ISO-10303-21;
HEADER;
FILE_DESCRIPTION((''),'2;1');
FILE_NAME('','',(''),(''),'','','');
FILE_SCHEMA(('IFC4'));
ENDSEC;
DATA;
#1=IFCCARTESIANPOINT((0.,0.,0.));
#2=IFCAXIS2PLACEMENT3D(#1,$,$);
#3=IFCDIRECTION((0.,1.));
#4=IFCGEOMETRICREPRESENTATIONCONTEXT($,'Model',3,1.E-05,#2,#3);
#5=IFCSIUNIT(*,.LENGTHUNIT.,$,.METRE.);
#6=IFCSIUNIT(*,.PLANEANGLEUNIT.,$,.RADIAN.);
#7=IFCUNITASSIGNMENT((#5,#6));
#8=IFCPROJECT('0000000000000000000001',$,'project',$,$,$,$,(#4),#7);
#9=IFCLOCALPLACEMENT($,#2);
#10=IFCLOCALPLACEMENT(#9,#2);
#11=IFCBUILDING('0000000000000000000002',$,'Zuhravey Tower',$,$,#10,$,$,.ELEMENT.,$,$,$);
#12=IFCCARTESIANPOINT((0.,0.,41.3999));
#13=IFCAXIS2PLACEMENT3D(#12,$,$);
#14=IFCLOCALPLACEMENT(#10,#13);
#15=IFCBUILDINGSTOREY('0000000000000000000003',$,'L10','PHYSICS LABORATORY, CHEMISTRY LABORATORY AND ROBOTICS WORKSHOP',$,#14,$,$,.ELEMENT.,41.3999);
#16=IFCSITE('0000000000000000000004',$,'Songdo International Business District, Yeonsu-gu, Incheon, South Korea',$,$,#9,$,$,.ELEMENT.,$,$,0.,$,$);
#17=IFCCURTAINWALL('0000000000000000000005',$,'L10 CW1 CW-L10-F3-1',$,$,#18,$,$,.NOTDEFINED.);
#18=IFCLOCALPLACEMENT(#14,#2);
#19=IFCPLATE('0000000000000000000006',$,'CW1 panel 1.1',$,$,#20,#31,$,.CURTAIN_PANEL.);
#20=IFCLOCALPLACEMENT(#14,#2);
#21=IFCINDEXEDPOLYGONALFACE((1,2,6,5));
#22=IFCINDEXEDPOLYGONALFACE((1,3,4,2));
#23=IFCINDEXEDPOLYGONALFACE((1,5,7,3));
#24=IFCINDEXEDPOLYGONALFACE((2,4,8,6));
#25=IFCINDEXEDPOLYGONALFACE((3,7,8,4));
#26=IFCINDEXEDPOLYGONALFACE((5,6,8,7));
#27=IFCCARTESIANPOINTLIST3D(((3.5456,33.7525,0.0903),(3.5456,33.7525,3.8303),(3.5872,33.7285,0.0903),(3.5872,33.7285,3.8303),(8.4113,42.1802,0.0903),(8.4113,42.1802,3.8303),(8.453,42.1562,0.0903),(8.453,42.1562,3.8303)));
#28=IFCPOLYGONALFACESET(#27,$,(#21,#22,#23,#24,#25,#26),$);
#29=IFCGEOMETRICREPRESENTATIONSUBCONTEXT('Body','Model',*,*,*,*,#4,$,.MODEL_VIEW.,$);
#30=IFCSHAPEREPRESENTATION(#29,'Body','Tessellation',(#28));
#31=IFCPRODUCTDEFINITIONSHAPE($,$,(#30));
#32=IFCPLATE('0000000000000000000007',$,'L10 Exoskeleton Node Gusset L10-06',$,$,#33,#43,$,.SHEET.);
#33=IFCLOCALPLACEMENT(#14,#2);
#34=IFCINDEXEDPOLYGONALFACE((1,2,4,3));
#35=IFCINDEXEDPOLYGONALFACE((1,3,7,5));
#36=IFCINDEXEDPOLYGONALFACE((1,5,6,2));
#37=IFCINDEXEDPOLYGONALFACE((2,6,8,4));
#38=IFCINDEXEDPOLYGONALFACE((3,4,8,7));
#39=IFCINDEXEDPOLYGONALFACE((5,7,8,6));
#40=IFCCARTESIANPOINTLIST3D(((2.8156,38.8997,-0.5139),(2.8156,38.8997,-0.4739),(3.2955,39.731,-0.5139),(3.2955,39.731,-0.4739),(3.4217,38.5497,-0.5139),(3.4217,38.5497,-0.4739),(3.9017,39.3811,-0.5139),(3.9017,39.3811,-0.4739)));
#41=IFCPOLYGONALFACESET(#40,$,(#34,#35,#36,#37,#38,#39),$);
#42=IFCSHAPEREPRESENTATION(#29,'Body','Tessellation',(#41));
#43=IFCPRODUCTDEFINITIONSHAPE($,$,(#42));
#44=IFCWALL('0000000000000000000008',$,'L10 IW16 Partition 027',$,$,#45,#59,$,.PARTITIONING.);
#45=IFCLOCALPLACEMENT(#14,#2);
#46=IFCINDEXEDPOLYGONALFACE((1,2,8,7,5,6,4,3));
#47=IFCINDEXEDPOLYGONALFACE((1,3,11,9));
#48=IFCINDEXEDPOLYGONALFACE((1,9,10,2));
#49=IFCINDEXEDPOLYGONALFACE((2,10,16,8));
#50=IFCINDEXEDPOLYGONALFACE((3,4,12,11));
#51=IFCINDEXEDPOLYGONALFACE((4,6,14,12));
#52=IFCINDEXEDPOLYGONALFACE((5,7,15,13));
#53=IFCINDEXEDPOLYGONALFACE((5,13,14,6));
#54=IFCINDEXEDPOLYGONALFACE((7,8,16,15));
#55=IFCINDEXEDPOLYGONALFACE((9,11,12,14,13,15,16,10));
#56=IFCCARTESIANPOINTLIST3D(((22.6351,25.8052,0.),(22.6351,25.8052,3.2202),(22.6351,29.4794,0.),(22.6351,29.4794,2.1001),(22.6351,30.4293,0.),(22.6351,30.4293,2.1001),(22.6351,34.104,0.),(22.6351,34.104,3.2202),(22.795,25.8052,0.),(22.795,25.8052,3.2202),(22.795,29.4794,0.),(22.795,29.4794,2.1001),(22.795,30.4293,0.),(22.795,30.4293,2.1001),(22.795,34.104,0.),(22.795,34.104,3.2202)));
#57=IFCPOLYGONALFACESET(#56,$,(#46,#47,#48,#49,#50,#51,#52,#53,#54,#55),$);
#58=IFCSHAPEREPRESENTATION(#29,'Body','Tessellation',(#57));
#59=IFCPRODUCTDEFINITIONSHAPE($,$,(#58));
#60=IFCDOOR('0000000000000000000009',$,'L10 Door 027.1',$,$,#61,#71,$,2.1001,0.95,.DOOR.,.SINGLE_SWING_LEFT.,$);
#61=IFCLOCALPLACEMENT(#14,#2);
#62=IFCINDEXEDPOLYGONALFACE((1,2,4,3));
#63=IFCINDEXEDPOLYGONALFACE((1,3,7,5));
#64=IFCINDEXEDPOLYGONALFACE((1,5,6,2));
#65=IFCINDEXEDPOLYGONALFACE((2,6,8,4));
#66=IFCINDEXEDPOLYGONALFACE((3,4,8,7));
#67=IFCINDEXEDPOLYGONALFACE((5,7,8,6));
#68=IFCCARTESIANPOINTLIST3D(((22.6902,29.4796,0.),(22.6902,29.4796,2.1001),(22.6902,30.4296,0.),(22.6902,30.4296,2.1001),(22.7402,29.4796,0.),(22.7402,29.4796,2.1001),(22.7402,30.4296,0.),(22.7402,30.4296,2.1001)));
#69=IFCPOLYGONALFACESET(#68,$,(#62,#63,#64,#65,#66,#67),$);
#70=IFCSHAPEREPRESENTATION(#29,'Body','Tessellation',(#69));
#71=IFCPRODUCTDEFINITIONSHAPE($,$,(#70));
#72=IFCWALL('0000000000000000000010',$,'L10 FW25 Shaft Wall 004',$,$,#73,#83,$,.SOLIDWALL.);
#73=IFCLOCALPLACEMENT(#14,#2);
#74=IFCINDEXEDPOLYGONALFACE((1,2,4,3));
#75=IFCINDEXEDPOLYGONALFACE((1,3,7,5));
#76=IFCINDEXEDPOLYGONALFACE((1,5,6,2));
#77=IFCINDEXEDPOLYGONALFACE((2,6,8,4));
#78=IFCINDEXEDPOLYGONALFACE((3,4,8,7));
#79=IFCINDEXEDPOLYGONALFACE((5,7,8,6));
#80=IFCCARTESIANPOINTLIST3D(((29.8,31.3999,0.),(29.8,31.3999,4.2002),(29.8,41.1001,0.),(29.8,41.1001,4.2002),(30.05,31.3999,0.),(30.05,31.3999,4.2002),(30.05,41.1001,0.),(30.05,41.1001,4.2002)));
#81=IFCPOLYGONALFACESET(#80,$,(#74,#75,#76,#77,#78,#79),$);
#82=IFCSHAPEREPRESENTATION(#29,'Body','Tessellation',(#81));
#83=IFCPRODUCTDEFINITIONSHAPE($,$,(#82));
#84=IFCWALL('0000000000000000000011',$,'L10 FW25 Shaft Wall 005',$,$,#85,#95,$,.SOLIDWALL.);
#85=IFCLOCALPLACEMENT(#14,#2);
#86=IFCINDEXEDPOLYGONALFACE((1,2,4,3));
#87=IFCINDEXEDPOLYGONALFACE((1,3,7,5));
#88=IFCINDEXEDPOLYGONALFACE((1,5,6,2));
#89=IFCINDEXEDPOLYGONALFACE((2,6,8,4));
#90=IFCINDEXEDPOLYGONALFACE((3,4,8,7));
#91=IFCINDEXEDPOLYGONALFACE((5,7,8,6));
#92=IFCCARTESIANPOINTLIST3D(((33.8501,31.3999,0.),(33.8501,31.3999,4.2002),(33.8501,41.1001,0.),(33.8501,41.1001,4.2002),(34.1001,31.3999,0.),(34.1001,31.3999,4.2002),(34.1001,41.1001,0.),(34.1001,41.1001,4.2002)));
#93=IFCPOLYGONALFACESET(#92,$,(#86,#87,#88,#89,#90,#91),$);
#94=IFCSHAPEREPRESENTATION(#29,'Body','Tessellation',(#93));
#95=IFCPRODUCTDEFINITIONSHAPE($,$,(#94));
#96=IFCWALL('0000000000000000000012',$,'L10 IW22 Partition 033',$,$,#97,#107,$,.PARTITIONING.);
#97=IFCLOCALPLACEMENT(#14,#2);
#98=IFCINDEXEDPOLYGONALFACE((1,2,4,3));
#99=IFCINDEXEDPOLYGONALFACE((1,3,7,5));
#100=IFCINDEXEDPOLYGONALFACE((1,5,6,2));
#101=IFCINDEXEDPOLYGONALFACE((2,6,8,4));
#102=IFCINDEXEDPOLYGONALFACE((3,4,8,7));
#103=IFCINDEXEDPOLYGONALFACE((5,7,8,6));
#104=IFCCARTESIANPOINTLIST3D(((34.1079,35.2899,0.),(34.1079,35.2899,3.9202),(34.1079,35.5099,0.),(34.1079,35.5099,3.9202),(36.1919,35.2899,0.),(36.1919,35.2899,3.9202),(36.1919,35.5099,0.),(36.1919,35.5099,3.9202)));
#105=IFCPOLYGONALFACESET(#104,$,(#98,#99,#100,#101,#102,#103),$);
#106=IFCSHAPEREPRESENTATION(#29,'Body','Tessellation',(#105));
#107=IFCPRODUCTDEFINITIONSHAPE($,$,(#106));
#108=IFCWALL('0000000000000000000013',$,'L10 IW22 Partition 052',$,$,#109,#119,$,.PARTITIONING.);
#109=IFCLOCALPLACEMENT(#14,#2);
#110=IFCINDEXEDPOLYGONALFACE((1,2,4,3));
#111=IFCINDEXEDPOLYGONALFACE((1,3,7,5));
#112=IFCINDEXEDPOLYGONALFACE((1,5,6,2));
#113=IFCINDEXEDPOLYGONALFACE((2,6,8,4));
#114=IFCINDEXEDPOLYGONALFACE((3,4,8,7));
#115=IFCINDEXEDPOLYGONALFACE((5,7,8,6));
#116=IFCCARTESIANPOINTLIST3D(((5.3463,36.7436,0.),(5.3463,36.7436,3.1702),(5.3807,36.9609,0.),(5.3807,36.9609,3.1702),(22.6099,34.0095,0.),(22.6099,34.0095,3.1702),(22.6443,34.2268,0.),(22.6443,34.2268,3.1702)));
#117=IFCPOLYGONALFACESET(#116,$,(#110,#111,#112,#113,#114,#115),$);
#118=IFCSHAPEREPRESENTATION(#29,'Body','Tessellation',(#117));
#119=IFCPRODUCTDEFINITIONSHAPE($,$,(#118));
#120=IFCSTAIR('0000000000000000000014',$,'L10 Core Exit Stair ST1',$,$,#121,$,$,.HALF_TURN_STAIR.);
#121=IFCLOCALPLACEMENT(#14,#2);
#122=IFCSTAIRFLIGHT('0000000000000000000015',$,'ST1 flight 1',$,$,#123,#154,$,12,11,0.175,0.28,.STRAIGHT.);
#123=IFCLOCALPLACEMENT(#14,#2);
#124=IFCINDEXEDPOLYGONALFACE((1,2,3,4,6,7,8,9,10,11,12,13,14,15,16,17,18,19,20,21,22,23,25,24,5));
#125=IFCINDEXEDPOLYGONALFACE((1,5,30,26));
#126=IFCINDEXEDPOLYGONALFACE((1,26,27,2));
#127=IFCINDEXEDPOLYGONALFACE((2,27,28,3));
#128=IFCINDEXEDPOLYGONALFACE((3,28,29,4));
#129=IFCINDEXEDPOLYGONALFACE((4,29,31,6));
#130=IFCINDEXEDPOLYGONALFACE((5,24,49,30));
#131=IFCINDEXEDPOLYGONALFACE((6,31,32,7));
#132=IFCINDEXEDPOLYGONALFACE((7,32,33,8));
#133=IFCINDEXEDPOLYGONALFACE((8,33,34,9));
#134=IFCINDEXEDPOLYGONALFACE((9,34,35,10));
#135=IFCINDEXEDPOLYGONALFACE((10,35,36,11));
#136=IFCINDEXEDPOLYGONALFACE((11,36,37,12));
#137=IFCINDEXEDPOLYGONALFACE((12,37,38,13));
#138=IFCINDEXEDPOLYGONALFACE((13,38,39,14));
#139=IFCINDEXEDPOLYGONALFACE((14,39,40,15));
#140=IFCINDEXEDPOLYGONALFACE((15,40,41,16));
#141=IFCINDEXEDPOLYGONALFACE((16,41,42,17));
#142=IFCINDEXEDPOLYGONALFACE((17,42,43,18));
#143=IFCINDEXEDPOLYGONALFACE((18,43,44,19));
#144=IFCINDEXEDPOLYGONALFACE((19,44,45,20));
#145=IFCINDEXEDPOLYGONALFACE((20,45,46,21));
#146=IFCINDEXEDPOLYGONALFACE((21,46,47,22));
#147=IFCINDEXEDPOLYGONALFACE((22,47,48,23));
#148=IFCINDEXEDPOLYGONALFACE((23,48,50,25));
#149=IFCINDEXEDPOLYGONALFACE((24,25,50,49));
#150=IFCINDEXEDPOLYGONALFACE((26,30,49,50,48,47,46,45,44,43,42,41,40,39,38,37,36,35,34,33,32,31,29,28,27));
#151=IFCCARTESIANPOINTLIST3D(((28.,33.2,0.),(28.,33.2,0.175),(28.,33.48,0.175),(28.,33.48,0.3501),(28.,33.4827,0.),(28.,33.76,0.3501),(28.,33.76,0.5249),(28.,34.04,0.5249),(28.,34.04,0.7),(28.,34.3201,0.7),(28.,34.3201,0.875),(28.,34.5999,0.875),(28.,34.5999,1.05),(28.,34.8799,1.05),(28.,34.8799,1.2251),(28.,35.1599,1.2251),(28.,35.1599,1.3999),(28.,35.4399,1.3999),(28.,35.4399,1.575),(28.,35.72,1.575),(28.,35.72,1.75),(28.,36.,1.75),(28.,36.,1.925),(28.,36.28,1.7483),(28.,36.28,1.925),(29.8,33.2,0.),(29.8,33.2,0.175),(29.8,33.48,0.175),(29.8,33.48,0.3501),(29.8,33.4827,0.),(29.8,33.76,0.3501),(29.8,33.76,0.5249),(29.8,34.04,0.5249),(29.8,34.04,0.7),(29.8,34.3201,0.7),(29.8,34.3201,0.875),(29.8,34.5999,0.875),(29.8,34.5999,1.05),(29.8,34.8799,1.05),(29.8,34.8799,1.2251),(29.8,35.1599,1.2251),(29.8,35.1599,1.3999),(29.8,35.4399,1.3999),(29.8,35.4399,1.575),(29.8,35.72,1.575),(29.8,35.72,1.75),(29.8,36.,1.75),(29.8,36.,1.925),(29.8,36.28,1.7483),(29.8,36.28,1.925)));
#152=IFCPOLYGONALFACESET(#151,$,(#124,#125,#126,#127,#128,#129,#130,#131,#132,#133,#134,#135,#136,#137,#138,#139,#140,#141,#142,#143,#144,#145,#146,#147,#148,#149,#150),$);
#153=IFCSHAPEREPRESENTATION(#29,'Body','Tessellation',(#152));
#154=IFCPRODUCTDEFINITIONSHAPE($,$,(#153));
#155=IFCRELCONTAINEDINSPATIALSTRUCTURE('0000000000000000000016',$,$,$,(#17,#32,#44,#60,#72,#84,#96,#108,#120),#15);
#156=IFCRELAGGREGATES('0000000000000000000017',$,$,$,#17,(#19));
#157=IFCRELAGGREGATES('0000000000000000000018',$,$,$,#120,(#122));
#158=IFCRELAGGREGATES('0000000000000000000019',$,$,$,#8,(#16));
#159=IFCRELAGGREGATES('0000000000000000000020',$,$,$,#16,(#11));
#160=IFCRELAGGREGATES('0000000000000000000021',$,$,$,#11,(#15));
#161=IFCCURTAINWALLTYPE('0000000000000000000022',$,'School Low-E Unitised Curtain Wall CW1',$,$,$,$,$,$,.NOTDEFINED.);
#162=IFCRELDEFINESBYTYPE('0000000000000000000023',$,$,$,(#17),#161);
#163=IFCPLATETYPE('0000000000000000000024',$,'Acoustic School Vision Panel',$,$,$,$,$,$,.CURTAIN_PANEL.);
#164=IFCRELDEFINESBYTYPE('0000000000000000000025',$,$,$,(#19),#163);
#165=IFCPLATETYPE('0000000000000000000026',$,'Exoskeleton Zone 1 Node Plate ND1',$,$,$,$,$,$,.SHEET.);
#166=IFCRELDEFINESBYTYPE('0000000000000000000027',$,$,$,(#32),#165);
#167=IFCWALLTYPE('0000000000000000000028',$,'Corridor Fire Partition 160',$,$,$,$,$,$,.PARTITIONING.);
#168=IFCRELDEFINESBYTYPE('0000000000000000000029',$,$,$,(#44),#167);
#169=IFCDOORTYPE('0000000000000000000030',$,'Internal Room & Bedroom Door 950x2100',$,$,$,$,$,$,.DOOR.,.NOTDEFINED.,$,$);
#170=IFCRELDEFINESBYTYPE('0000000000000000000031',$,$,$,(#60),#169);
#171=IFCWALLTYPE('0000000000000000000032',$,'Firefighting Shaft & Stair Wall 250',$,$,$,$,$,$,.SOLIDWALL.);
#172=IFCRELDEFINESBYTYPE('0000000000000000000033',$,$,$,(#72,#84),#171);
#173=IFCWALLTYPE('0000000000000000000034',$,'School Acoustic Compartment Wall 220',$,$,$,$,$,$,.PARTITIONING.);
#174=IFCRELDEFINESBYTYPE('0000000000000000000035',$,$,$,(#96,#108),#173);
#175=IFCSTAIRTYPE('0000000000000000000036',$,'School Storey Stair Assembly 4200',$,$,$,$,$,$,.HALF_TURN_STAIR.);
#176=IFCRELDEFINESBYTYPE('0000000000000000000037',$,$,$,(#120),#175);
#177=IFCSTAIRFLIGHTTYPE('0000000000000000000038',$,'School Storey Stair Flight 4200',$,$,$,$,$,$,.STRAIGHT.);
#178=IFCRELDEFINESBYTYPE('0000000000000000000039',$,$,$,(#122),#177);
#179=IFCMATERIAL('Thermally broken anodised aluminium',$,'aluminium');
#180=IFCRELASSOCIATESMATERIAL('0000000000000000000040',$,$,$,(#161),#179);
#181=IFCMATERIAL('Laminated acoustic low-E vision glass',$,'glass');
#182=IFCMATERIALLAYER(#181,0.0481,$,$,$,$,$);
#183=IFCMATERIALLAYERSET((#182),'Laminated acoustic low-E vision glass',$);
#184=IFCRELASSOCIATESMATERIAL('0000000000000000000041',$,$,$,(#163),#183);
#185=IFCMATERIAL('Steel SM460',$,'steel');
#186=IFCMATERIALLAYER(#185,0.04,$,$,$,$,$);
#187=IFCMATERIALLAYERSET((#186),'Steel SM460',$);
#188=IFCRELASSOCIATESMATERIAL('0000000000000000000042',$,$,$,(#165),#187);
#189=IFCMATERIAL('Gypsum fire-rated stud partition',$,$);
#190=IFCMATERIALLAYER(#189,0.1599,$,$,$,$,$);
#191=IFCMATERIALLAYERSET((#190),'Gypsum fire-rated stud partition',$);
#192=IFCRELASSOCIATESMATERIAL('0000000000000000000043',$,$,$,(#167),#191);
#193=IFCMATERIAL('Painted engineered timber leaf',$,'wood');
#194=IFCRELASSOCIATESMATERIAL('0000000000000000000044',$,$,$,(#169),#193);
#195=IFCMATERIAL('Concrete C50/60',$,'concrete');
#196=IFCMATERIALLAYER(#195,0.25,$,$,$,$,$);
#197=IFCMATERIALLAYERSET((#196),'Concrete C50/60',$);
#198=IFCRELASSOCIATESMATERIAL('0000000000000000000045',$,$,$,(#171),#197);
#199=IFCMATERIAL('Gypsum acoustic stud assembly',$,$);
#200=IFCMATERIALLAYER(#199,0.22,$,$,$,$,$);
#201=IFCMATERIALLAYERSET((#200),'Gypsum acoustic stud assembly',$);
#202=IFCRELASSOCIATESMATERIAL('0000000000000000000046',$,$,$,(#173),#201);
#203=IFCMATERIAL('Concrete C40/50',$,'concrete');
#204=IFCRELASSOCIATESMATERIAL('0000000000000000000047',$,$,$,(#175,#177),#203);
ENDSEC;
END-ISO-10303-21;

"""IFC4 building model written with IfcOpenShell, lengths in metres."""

from ifc_helpers import new_model, si_unit, direction, frame, frame_2d, origin, origin_2d, place, context, subcontext, project, spatial, polyline, rectangle, outline, extrude, material, layer, layer_set, type_object, element, fill, aggregate, save


model = new_model("IFC4")

# Units and contexts
model_context = context("Model", 3, precision=1e-05, world=origin(), true_north=direction((0.0, 1.0)))
body_context = subcontext(model_context, "Body", "Model", "MODEL_VIEW")
ifc_project = project(units=[si_unit("LENGTHUNIT", "METRE"), si_unit("PLANEANGLEUNIT", "RADIAN")], contexts=[model_context])

# Site, building, storey
site_placement = place(None, origin())
site = spatial("IfcSite", under=ifc_project, at=site_placement, Name="Songdo International Business District, Yeonsu-gu, Incheon, South Korea", CompositionType="ELEMENT", RefElevation=0.0)
building_placement = place(site_placement, origin())
building = spatial("IfcBuilding", under=site, at=building_placement, Name="Zuhravey Tower", CompositionType="ELEMENT")
storey_placement = place(building_placement, frame((0.0, 0.0, 41.3999)))
storey = spatial("IfcBuildingStorey", under=building, at=storey_placement, Name="L10", Description="PHYSICS LABORATORY, CHEMISTRY LABORATORY AND ROBOTICS WORKSHOP", CompositionType="ELEMENT", Elevation=41.3999)

# Curtain wall
ifc_material_1 = material(Name="Thermally broken anodised aluminium", Category="aluminium")
curtain_wall_type = type_object("IfcCurtainWallType", Name="School Low-E Unitised Curtain Wall CW1", PredefinedType="NOTDEFINED", material=ifc_material_1)
curtain_wall_placement = place(storey_placement, origin())
curtain_wall = element("IfcCurtainWall", 1, at=curtain_wall_placement, inside=storey, type_object=curtain_wall_type, Name="L10 CW1 CW-L10-F3-1", PredefinedType="NOTDEFINED")

# Shared definitions
ifc_material_2 = material(Name="Steel SM460", Category="steel")

# Plates
ifc_material_3 = material(Name="Laminated acoustic low-E vision glass", Category="glass")
ifc_layer_1 = layer(ifc_material_3, 0.0481)
ifc_layer_set_1 = layer_set([ifc_layer_1], Name="Laminated acoustic low-E vision glass")
plate_type_1 = type_object("IfcPlateType", Name="Acoustic School Vision Panel", PredefinedType="CURTAIN_PANEL", material=ifc_layer_set_1)
plate_1_placement = place(storey_placement, frame((5.9993, 37.9543, 0.0903), z_axis=(0.0, 0.0, 1.0), x_axis=(0.5, 0.866026, 0.0)))
plate_1 = element("IfcPlate", 2, at=plate_1_placement, type_object=plate_type_1, Name="CW1 panel 1.1", PredefinedType="CURTAIN_PANEL", context=body_context, shape_type="SweptSolid", body=[
    extrude(rectangle(XDim=9.7314, YDim=0.0481, at=origin_2d()), origin(), (0.0, 0.0, 1.0), 3.74),
])
aggregate(curtain_wall, [plate_1])
ifc_layer_2 = layer(ifc_material_2, 0.04)
ifc_layer_set_2 = layer_set([ifc_layer_2], Name="Steel SM460")
plate_type_2 = type_object("IfcPlateType", Name="Exoskeleton Zone 1 Node Plate ND1", PredefinedType="SHEET", material=ifc_layer_set_2)
plate_2_placement = place(storey_placement, frame((3.3586, 39.1404, -0.5139), z_axis=(0.0, 0.0, 1.0), x_axis=(-0.5, -0.866025, 0.0)))
element("IfcPlate", 3, at=plate_2_placement, inside=storey, type_object=plate_type_2, Name="L10 Exoskeleton Node Gusset L10-06", PredefinedType="SHEET", context=body_context, shape_type="SweptSolid", body=[
    extrude(rectangle(XDim=0.96, YDim=0.7, at=origin_2d()), origin(), (0.0, 0.0, 1.0), 0.04),
])

# Wall, opening, door
ifc_material_4 = material(Name="Gypsum fire-rated stud partition")
ifc_layer_3 = layer(ifc_material_4, 0.1599)
ifc_layer_set_3 = layer_set([ifc_layer_3], Name="Gypsum fire-rated stud partition")
wall_type_1 = type_object("IfcWallType", Name="Corridor Fire Partition 160", PredefinedType="PARTITIONING", material=ifc_layer_set_3)
wall_1_placement = place(storey_placement, frame((22.7151, 34.104, 0.0), z_axis=(0.0, 0.0, 1.0), x_axis=(0.0, -1.0, 0.0)))
wall_1 = element("IfcWall", 4, at=wall_1_placement, inside=storey, type_object=wall_type_1, Name="L10 IW16 Partition 027", PredefinedType="PARTITIONING", context=body_context, shape_type="SweptSolid", body=[
    extrude(rectangle(XDim=8.2988, YDim=0.1599, at=frame_2d((4.1494, 0.0))), origin(), (0.0, 0.0, 1.0), 3.2202),
])
opening_placement = place(wall_1_placement, frame((3.6746, 0.0, 0.0)))
opening = element("IfcOpeningElement", 5, at=opening_placement, cuts=wall_1, PredefinedType="OPENING", context=body_context, shape_type="SweptSolid", body=[
    extrude(rectangle(XDim=0.95, YDim=2.1001, at=frame_2d((0.4751, 1.05))), frame((0.0, 0.092, 0.0), z_axis=(0.0, -1.0, 0.0), x_axis=(1.0, 0.0, 0.0)), (0.0, 0.0, 1.0), 0.1838),
])
ifc_material_5 = material(Name="Painted engineered timber leaf", Category="wood")
door_type = type_object("IfcDoorType", Name="Internal Room & Bedroom Door 950x2100", OperationType="NOTDEFINED", PredefinedType="DOOR", material=ifc_material_5)
door_placement = place(opening_placement, frame((0.95, 0.0, 0.0), z_axis=(0.0, 0.0, 1.0), x_axis=(-1.0, 0.0, 0.0)))
door = element("IfcDoor", 6, at=door_placement, inside=storey, type_object=door_type, Name="L10 Door 027.1", OperationType="SINGLE_SWING_LEFT", OverallHeight=2.1001, OverallWidth=0.95, PredefinedType="DOOR", context=body_context, shape_type="SweptSolid", body=[
    extrude(rectangle(XDim=0.95, YDim=2.1001, at=frame_2d((0.4751, 1.05))), frame((0.0, 0.0249, 0.0), z_axis=(0.0, -1.0, 0.0), x_axis=(1.0, 0.0, 0.0)), (0.0, 0.0, 1.0), 0.05),
])
fill(opening, door)

# Walls
ifc_material_6 = material(Name="Concrete C50/60", Category="concrete")
ifc_layer_4 = layer(ifc_material_6, 0.25)
ifc_layer_set_4 = layer_set([ifc_layer_4], Name="Concrete C50/60")
wall_type_2 = type_object("IfcWallType", Name="Firefighting Shaft & Stair Wall 250", PredefinedType="SOLIDWALL", material=ifc_layer_set_4)
for number, where, z_axis, x_axis, name in (
    (7, (29.925, 31.3999, 0.0), (0.0, 0.0, 1.0), (0.0, 1.0, 0.0), "L10 FW25 Shaft Wall 004"),
    (8, (33.9751, 31.3999, 0.0), (0.0, 0.0, 1.0), (0.0, 1.0, 0.0), "L10 FW25 Shaft Wall 005"),
):
    element("IfcWall", number, at=place(storey_placement, frame(where, z_axis=z_axis, x_axis=x_axis)), inside=storey, type_object=wall_type_2, Name=name, PredefinedType="SOLIDWALL", context=body_context, shape_type="SweptSolid", body=[
        extrude(rectangle(XDim=9.7002, YDim=0.25, at=frame_2d((4.8501, 0.0))), origin(), (0.0, 0.0, 1.0), 4.2002),
    ])
ifc_material_7 = material(Name="Gypsum acoustic stud assembly")
ifc_layer_5 = layer(ifc_material_7, 0.22)
ifc_layer_set_5 = layer_set([ifc_layer_5], Name="Gypsum acoustic stud assembly")
wall_type_3 = type_object("IfcWallType", Name="School Acoustic Compartment Wall 220", PredefinedType="PARTITIONING", material=ifc_layer_set_5)
wall_2_placement = place(storey_placement, frame((34.1079, 35.3999, 0.0), z_axis=(0.0, 0.0, 1.0), x_axis=(1.0, 0.0, 0.0)))
element("IfcWall", 9, at=wall_2_placement, inside=storey, type_object=wall_type_3, Name="L10 IW22 Partition 033", PredefinedType="PARTITIONING", context=body_context, shape_type="SweptSolid", body=[
    extrude(rectangle(XDim=2.084, YDim=0.22, at=frame_2d((1.042, 0.0))), origin(), (0.0, 0.0, 1.0), 3.9202),
])
wall_3_placement = place(storey_placement, frame((22.627, 34.1182, 0.0), z_axis=(0.0, 0.0, 1.0), x_axis=(-0.98769, 0.156425, 0.0)))
element("IfcWall", 10, at=wall_3_placement, inside=storey, type_object=wall_type_3, Name="L10 IW22 Partition 052", PredefinedType="PARTITIONING", context=body_context, shape_type="SweptSolid", body=[
    extrude(rectangle(XDim=17.4788, YDim=0.22, at=frame_2d((8.7393, 0.0))), origin(), (0.0, 0.0, 1.0), 3.1702),
])

# Stair, stair flight
ifc_material_8 = material(Name="Concrete C40/50", Category="concrete")
stair_type = type_object("IfcStairType", Name="School Storey Stair Assembly 4200", PredefinedType="HALF_TURN_STAIR", material=ifc_material_8)
stair_1_placement = place(storey_placement, origin())
stair_1 = element("IfcStair", 11, at=stair_1_placement, inside=storey, type_object=stair_type, Name="L10 Core Exit Stair ST1", PredefinedType="HALF_TURN_STAIR")
stair_flight_type = type_object("IfcStairFlightType", Name="School Storey Stair Flight 4200", PredefinedType="STRAIGHT", material=ifc_material_8)
stair_flight_1_placement = place(storey_placement, frame((28.8999, 33.2, 0.0), z_axis=(0.0, 0.0, 1.0), x_axis=(0.0, 1.0, 0.0)))
stair_flight_1 = element("IfcStairFlight", 12, at=stair_flight_1_placement, type_object=stair_flight_type, Name="ST1 flight 1", NumberOfRisers=12, NumberOfTreads=11, PredefinedType="STRAIGHT", RiserHeight=0.175, TreadLength=0.28, context=body_context, shape_type="SweptSolid", body=[
    extrude(outline(polyline([(0.0, 0.0), (0.0, 0.175), (0.28, 0.175), (0.28, 0.3501), (0.5601, 0.3501), (0.5601, 0.5249), (0.8401, 0.5249), (0.8401, 0.7), (1.1201, 0.7), (1.1201, 0.875), (1.3999, 0.875), (1.3999, 1.05), (1.6799, 1.05), (1.6799, 1.2251), (1.96, 1.2251), (1.96, 1.3999), (2.24, 1.3999), (2.24, 1.575), (2.52, 1.575), (2.52, 1.75), (2.8, 1.75), (2.8, 1.925), (3.0801, 1.925), (3.0801, 2.1001), (3.0801, 1.7483), (0.2827, 0.0), (0.0, 0.0)])), frame((0.0, 0.8999, 0.0), z_axis=(0.0, -1.0, 0.0), x_axis=(1.0, 0.0, 0.0)), (0.0, 0.0, 1.0), 1.8),
])
aggregate(stair_1, [stair_flight_1])

save(model, "model.ifc")
